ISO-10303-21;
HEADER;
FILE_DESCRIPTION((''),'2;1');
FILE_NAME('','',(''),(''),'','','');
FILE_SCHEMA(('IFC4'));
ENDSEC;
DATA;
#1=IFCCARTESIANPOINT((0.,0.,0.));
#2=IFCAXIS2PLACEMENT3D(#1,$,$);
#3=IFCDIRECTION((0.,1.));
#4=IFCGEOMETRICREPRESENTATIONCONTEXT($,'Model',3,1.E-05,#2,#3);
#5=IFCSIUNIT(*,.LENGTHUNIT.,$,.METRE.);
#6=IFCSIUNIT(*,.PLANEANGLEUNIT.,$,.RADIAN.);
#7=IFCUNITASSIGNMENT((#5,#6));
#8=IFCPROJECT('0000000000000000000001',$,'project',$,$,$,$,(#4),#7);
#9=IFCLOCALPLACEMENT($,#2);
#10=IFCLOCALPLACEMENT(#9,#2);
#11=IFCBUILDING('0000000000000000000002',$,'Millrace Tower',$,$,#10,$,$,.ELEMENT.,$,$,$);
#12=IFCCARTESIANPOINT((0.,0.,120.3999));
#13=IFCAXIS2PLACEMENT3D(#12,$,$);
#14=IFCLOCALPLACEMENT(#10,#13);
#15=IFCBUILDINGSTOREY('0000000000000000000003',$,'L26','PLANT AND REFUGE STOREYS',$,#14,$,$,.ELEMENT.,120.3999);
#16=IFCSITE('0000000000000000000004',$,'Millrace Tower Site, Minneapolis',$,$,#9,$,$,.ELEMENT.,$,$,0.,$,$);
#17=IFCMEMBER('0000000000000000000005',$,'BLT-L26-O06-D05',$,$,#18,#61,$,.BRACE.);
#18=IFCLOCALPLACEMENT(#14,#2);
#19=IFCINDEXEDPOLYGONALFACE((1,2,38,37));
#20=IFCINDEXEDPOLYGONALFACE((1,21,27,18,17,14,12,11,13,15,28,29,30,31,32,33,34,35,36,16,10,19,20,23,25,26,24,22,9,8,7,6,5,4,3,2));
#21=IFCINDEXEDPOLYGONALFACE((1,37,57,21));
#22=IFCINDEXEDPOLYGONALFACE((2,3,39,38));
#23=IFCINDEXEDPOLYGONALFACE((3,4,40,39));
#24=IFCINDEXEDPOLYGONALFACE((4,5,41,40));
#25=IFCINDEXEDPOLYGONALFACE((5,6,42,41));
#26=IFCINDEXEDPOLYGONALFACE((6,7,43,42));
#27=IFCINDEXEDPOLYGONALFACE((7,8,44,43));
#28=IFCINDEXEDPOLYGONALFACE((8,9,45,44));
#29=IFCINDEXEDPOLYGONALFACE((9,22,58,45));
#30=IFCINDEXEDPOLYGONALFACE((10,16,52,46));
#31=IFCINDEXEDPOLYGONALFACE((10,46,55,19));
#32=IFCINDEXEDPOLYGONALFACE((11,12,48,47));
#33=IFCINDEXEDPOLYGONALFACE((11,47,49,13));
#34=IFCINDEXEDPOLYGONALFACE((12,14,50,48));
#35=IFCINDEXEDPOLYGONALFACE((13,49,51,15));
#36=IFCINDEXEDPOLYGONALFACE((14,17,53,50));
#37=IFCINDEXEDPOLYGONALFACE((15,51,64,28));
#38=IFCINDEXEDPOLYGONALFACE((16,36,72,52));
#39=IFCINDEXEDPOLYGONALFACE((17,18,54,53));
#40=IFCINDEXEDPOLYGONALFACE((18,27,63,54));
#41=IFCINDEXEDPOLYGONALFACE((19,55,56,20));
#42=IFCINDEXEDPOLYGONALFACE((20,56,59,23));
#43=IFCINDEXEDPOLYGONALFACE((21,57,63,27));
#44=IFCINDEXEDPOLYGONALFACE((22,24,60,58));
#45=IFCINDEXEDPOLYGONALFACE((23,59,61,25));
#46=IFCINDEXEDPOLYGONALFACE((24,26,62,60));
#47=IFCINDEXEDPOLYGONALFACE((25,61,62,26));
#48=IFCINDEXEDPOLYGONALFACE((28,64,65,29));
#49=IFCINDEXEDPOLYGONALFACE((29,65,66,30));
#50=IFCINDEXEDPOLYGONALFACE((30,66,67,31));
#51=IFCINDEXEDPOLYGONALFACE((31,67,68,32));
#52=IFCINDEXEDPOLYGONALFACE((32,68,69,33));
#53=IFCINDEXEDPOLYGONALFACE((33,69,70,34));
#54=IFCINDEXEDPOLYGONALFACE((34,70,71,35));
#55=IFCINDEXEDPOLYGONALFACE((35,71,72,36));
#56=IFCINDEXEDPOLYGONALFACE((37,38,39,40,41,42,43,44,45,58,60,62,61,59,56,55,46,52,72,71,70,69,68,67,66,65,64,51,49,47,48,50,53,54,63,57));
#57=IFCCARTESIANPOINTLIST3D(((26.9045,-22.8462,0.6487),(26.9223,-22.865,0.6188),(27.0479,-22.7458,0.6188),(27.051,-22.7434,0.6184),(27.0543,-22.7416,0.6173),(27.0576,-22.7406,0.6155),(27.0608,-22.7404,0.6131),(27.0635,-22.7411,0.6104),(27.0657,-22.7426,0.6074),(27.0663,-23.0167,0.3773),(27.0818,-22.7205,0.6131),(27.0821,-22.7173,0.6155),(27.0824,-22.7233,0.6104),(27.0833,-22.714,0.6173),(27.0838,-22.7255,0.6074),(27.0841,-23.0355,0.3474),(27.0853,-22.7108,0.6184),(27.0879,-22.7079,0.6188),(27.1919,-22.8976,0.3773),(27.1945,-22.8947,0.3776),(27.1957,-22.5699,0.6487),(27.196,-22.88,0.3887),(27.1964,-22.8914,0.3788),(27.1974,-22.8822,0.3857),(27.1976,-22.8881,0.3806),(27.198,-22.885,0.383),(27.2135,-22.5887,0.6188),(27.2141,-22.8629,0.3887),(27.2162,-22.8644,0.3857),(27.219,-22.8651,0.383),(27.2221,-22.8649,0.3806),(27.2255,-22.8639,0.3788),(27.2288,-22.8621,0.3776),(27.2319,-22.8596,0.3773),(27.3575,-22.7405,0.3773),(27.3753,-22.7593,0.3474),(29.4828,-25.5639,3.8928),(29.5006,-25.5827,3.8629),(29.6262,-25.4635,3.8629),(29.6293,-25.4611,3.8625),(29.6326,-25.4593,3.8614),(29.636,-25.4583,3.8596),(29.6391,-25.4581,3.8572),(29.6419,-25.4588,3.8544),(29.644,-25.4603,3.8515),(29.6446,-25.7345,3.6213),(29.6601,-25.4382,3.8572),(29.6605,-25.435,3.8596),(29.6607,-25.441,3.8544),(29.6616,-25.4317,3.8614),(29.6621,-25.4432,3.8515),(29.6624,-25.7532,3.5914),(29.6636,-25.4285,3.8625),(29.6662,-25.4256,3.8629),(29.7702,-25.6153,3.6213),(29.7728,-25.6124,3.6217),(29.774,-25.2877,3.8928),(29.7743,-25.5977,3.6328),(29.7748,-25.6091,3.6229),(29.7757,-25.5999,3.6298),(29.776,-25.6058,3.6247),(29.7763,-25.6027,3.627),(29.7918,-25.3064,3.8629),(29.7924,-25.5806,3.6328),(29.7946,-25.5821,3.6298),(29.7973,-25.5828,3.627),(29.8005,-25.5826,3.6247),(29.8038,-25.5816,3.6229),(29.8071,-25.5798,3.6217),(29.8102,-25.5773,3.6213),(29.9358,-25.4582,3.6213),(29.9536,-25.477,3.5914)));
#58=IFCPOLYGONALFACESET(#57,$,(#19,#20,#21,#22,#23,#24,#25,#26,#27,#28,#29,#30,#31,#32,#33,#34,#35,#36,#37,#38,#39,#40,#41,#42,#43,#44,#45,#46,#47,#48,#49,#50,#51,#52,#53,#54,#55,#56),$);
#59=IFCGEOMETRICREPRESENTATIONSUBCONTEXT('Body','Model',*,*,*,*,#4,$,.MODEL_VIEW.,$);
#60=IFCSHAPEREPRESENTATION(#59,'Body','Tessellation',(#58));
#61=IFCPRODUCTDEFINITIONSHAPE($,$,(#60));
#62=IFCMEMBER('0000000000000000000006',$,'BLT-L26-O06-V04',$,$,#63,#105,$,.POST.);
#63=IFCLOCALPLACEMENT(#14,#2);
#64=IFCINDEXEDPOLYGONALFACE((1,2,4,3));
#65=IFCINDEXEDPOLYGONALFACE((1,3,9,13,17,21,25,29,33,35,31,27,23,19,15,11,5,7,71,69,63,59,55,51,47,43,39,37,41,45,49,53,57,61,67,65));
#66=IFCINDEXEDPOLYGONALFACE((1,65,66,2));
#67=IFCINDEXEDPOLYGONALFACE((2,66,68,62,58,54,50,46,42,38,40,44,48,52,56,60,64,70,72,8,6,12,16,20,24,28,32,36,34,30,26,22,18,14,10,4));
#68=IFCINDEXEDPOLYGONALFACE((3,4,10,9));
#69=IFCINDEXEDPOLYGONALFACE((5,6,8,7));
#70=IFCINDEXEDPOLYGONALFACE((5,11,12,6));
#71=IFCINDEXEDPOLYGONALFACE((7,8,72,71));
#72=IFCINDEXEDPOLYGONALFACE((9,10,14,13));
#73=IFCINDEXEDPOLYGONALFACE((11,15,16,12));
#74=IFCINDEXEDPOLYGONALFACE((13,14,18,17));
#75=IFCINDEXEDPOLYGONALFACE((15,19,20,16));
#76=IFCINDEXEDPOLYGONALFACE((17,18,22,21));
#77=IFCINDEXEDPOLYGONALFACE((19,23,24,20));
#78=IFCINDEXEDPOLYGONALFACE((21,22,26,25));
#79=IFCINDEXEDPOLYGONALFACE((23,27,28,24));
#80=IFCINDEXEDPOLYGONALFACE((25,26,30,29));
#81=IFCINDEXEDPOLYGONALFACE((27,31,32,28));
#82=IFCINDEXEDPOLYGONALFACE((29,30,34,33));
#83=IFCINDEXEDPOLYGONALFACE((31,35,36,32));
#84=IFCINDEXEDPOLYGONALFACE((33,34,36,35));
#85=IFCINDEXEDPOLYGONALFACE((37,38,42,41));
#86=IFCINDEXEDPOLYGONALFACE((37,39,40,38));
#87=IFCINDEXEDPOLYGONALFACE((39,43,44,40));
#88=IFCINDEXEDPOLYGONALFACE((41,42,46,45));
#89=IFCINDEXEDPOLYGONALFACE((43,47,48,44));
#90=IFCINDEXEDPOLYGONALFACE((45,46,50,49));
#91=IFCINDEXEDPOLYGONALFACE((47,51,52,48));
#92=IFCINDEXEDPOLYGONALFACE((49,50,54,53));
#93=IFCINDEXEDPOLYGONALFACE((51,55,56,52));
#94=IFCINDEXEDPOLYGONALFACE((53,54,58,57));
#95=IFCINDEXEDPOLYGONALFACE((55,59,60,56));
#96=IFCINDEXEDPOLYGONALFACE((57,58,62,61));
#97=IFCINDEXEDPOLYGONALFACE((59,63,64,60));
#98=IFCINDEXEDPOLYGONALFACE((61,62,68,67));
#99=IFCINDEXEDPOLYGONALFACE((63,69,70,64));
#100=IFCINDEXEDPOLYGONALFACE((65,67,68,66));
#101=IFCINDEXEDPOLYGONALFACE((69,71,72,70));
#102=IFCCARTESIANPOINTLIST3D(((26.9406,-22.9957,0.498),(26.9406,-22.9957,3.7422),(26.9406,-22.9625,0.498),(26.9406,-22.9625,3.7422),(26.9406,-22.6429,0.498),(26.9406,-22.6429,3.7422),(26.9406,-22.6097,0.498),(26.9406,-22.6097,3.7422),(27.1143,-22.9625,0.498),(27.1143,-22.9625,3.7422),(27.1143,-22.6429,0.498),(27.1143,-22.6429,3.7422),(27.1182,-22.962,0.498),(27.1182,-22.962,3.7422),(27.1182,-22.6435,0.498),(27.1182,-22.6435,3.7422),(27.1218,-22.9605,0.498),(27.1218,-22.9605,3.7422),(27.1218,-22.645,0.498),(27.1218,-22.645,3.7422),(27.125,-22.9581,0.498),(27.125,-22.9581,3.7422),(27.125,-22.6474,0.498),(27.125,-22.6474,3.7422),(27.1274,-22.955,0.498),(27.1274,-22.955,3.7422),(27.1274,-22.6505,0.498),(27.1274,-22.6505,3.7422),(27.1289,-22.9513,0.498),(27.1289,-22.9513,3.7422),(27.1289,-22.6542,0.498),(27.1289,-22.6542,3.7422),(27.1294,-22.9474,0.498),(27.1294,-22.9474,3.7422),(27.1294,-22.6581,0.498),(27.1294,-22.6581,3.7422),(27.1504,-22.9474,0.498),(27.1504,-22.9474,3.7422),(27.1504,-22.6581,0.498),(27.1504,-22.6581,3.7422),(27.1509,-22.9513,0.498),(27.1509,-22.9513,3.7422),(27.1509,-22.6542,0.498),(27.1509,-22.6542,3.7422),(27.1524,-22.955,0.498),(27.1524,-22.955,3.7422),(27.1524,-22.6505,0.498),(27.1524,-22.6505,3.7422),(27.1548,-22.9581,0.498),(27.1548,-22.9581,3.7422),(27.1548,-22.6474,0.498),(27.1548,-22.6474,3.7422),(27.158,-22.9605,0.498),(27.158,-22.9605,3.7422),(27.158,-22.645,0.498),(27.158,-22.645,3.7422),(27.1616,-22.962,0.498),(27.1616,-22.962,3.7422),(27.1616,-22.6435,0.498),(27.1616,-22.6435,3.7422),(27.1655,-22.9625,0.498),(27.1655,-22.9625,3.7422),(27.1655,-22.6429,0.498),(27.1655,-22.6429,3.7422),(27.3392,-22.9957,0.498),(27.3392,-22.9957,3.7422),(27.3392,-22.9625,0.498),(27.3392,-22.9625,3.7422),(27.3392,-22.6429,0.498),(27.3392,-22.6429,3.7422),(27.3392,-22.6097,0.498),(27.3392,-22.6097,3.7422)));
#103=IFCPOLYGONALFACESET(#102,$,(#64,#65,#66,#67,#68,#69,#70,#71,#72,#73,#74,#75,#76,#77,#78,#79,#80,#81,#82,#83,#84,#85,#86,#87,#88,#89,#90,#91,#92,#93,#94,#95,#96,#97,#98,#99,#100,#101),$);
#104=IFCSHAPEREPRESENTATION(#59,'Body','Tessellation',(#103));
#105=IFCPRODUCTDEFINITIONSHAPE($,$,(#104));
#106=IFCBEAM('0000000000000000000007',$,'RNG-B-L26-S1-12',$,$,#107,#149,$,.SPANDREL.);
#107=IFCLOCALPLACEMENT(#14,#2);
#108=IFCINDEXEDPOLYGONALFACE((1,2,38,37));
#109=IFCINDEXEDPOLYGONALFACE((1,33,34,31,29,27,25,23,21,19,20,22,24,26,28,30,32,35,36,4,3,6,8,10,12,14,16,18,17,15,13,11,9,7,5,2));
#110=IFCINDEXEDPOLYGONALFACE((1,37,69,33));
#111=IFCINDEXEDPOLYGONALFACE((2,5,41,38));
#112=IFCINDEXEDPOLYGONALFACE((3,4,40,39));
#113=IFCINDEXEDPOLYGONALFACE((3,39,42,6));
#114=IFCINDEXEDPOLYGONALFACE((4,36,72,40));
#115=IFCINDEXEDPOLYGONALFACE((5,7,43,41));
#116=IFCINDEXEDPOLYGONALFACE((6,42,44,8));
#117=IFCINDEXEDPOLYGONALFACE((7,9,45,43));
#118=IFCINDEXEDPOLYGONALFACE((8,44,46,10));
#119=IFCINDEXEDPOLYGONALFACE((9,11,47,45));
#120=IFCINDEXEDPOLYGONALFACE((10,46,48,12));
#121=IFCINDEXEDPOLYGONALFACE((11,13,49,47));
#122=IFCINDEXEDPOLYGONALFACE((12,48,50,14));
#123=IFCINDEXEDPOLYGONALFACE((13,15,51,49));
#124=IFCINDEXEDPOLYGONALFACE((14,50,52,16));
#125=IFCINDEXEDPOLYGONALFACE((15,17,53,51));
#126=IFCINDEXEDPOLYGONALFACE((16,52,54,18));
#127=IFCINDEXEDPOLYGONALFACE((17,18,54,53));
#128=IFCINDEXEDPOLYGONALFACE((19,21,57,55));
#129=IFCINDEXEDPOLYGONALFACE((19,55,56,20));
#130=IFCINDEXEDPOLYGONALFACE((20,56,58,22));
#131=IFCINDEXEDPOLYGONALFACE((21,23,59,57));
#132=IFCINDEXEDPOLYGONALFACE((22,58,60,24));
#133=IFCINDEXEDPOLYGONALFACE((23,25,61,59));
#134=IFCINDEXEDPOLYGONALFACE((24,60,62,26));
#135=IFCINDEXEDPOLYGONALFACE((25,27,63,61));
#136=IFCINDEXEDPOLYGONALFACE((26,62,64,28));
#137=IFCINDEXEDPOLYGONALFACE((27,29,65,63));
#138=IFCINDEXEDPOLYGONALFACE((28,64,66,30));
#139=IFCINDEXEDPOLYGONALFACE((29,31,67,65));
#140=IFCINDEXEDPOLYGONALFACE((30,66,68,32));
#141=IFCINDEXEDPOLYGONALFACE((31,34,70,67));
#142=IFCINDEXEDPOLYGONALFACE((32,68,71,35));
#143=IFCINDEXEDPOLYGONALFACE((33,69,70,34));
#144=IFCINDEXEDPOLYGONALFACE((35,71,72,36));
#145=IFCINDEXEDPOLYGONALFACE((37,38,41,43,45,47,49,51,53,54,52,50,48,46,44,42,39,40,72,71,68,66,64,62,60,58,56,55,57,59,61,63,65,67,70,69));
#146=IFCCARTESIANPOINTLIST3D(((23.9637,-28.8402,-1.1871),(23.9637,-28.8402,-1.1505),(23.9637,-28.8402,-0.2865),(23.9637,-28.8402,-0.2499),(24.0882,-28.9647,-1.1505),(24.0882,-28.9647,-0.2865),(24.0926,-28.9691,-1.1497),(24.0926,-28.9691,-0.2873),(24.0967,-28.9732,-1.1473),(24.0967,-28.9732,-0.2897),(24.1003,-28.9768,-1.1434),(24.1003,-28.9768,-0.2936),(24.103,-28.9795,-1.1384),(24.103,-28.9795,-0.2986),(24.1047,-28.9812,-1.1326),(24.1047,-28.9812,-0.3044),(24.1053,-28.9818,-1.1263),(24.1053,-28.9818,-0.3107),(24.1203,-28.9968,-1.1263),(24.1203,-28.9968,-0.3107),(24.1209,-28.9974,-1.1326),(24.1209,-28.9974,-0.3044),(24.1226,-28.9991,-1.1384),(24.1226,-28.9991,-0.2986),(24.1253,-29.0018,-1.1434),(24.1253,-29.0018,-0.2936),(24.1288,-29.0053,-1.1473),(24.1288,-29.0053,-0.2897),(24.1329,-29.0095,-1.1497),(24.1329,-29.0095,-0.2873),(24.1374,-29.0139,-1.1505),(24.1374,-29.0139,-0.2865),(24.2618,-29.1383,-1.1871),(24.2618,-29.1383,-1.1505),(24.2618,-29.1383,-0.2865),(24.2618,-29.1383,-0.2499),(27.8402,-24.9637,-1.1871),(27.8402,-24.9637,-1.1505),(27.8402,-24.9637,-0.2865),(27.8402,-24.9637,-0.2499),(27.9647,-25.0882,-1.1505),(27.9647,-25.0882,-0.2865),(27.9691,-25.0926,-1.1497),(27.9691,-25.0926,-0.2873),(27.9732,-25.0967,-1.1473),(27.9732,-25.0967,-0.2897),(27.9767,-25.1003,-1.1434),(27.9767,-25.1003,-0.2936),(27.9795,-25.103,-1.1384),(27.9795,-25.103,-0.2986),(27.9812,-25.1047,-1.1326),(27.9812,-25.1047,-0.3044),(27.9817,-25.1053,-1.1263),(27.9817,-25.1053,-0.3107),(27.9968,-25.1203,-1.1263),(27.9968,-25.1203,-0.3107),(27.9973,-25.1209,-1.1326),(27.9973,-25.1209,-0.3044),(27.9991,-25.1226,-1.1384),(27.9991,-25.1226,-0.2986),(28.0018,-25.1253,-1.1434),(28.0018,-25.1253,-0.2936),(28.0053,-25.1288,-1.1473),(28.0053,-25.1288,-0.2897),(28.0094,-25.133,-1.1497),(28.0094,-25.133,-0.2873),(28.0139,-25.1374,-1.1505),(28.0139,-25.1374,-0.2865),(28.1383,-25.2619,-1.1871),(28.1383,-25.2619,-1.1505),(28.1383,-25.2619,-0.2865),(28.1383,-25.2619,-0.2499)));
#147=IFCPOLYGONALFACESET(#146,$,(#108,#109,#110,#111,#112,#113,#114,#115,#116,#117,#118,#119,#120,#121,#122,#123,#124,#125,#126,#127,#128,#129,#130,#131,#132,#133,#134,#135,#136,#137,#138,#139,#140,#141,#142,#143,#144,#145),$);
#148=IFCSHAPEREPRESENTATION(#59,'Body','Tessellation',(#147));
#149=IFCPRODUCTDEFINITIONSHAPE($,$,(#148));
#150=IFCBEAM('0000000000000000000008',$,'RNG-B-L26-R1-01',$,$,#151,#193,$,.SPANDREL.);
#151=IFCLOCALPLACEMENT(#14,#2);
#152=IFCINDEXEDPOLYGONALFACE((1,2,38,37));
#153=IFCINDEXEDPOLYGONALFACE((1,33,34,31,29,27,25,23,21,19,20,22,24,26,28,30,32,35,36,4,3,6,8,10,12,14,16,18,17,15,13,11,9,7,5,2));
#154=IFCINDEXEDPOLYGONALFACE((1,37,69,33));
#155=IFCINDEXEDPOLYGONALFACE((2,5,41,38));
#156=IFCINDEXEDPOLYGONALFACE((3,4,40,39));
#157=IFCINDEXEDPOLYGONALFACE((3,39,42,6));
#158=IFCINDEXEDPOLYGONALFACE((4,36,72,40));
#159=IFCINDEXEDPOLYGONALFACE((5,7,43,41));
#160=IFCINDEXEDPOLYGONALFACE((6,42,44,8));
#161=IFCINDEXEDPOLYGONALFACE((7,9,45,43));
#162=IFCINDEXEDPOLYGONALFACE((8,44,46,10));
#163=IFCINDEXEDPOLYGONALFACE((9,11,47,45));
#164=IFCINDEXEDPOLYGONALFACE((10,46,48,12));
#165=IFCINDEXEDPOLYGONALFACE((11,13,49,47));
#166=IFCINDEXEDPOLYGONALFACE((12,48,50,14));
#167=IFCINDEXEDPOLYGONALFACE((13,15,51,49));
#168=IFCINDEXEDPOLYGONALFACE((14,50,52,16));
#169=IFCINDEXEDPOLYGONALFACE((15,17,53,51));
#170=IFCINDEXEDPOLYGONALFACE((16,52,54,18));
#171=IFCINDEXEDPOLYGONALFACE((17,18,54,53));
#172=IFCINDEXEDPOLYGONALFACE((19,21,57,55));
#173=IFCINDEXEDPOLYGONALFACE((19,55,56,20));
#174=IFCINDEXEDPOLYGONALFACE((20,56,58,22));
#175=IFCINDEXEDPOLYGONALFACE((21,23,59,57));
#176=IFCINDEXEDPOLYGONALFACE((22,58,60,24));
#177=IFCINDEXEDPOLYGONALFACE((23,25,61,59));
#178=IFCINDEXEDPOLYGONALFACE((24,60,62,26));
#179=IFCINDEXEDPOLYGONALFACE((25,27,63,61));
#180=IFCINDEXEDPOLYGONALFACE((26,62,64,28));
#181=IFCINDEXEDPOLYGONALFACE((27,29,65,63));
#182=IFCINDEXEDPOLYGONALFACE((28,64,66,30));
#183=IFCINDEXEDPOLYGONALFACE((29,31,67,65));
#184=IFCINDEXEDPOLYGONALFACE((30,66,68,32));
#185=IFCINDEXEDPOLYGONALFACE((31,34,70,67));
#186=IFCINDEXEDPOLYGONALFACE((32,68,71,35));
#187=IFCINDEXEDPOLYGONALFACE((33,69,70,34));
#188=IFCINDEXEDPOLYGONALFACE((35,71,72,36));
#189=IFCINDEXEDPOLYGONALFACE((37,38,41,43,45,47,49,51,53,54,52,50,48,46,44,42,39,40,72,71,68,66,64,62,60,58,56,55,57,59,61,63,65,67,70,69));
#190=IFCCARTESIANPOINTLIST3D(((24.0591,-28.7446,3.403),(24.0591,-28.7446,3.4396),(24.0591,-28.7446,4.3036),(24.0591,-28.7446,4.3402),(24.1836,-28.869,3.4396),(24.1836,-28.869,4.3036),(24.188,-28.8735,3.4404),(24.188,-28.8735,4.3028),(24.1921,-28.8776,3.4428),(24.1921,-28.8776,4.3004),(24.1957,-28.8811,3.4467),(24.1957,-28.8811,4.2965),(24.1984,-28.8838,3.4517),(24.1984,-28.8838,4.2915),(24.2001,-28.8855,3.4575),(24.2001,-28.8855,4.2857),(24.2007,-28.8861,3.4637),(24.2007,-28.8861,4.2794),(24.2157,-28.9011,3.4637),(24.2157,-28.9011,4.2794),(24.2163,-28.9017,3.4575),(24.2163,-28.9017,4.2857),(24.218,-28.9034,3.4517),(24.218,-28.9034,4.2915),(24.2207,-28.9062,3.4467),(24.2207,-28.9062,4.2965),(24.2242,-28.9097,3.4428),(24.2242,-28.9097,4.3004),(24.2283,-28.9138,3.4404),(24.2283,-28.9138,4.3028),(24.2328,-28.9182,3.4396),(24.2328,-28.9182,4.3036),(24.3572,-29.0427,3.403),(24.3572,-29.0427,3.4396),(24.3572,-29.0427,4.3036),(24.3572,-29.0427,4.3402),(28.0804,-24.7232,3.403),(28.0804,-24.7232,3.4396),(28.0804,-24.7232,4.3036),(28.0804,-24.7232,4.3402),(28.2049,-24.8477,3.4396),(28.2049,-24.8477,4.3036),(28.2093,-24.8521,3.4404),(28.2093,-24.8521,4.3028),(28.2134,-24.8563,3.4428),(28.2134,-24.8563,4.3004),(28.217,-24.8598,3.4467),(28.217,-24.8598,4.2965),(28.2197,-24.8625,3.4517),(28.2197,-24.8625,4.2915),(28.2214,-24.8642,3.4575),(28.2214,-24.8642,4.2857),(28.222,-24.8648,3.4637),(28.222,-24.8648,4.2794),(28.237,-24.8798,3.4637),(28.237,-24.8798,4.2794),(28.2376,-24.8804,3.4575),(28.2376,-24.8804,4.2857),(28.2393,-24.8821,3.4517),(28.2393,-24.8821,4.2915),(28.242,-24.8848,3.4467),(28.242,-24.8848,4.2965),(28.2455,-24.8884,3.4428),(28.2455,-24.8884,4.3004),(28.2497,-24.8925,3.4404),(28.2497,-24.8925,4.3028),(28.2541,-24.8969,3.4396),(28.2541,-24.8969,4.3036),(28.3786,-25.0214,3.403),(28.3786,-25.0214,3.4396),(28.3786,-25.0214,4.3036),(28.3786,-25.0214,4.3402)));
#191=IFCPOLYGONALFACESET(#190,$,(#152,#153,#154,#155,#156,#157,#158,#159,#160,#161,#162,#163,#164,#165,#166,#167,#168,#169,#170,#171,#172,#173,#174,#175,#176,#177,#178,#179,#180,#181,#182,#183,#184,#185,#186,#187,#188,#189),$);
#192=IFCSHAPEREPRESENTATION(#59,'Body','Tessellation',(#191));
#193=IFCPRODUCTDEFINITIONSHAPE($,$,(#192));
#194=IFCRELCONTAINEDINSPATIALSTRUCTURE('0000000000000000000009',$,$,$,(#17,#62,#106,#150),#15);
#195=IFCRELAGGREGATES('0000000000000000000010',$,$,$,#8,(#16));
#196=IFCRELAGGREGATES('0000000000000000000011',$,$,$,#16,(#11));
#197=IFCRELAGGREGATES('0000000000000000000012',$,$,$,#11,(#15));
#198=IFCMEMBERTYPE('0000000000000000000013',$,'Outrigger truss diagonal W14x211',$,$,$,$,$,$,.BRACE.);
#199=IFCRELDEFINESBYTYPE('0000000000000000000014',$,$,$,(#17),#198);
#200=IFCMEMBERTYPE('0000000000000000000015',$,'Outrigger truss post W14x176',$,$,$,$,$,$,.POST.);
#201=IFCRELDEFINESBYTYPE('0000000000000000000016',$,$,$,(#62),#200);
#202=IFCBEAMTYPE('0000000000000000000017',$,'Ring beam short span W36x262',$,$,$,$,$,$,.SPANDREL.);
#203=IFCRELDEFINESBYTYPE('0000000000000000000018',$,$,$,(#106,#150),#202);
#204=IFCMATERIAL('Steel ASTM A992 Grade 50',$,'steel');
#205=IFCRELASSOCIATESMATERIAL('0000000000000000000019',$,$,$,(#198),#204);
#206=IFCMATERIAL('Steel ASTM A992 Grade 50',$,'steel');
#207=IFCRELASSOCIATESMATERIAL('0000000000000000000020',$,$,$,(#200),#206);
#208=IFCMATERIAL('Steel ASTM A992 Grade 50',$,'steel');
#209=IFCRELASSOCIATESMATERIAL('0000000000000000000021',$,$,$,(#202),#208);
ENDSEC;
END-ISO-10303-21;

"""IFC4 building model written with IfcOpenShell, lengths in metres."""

from ifc_helpers import new_model, si_unit, direction, frame, origin, origin_2d, place, context, subcontext, project, spatial, i_section, extrude, material, material_profile, profile_set, type_object, element, save


model = new_model("IFC4")

# Units and contexts
model_context = context("Model", 3, precision=1e-05, world=origin(), true_north=direction((0.0, 1.0)))
body_context = subcontext(model_context, "Body", "Model", "MODEL_VIEW")
ifc_project = project(units=[si_unit("LENGTHUNIT", "METRE"), si_unit("PLANEANGLEUNIT", "RADIAN")], contexts=[model_context])

# Site, building, storey
site_placement = place(None, origin())
site = spatial("IfcSite", under=ifc_project, at=site_placement, Name="Millrace Tower Site, Minneapolis", CompositionType="ELEMENT", RefElevation=0.0)
building_placement = place(site_placement, origin())
building = spatial("IfcBuilding", under=site, at=building_placement, Name="Millrace Tower", CompositionType="ELEMENT")
storey_placement = place(building_placement, frame((0.0, 0.0, 120.3999)))
storey = spatial("IfcBuildingStorey", under=building, at=storey_placement, Name="L26", Description="PLANT AND REFUGE STOREYS", CompositionType="ELEMENT", Elevation=120.3999)

# Members
ifc_material_1 = material(Name="Steel ASTM A992 Grade 50", Category="steel")
ifc_material_profile_1 = material_profile(ifc_material_1, i_section(OverallWidth=0.4014, OverallDepth=0.3987, WebThickness=0.0249, FlangeThickness=0.0396, FilletRadius=0.0151, at=origin_2d()))
ifc_profile_set_1 = profile_set([ifc_material_profile_1], Name="Steel ASTM A992 Grade 50")
member_type_1 = type_object("IfcMemberType", Name="Outrigger truss diagonal W14x211", PredefinedType="BRACE", material=ifc_profile_set_1)
member_1_placement = place(storey_placement, frame((27.1399, -22.8027, 0.498), z_axis=(0.520286, -0.548416, 0.654631), x_axis=(0.725468, 0.688256, 0.0)))
element("IfcMember", 1, at=member_1_placement, inside=storey, type_object=member_type_1, Name="BLT-L26-O06-D05", PredefinedType="BRACE", context=body_context, shape_type="SweptSolid", body=[
    extrude(i_section(OverallWidth=0.4014, OverallDepth=0.3987, WebThickness=0.0249, FlangeThickness=0.0396, FilletRadius=0.0151, at=origin_2d()), origin(), (0.0, 0.0, 1.0), 4.9556),
])
ifc_material_2 = material(Name="Steel ASTM A992 Grade 50", Category="steel")
ifc_material_profile_2 = material_profile(ifc_material_2, i_section(OverallWidth=0.3987, OverallDepth=0.386, WebThickness=0.021, FlangeThickness=0.0332, FilletRadius=0.0151, at=origin_2d()))
ifc_profile_set_2 = profile_set([ifc_material_profile_2], Name="Steel ASTM A992 Grade 50")
member_type_2 = type_object("IfcMemberType", Name="Outrigger truss post W14x176", PredefinedType="POST", material=ifc_profile_set_2)
member_2_placement = place(storey_placement, frame((27.1399, -22.8027, 0.498), z_axis=(0.0, 0.0, 1.0), x_axis=(1.0, 0.0, 0.0)))
element("IfcMember", 2, at=member_2_placement, inside=storey, type_object=member_type_2, Name="BLT-L26-O06-V04", PredefinedType="POST", context=body_context, shape_type="SweptSolid", body=[
    extrude(i_section(OverallWidth=0.3987, OverallDepth=0.386, WebThickness=0.021, FlangeThickness=0.0332, FilletRadius=0.0151, at=origin_2d()), origin(), (0.0, 0.0, 1.0), 3.2441),
])

# Beams
ifc_material_3 = material(Name="Steel ASTM A992 Grade 50", Category="steel")
ifc_material_profile_3 = material_profile(ifc_material_3, i_section(OverallWidth=0.4216, OverallDepth=0.9373, WebThickness=0.0212, FlangeThickness=0.0366, FilletRadius=0.0242, at=origin_2d()))
ifc_profile_set_3 = profile_set([ifc_material_profile_3], Name="Steel ASTM A992 Grade 50")
beam_type_1 = type_object("IfcBeamType", Name="Ring beam short span W36x262", PredefinedType="SPANDREL", material=ifc_profile_set_3)
beam_1_placement = place(storey_placement, frame((27.9893, -25.1128, -0.7185), z_axis=(-0.707107, -0.707107, 0.0), x_axis=(0.707107, -0.707107, 0.0)))
element("IfcBeam", 3, at=beam_1_placement, inside=storey, type_object=beam_type_1, Name="RNG-B-L26-S1-12", PredefinedType="SPANDREL", context=body_context, shape_type="SweptSolid", body=[
    extrude(i_section(OverallWidth=0.4216, OverallDepth=0.9373, WebThickness=0.0212, FlangeThickness=0.0366, FilletRadius=0.0242, at=origin_2d()), origin(), (0.0, 0.0, 1.0), 5.4822),
])
beam_2_placement = place(storey_placement, frame((28.2295, -24.8723, 3.8716), z_axis=(-0.707107, -0.707107, 0.0), x_axis=(0.707107, -0.707107, 0.0)))
element("IfcBeam", 4, at=beam_2_placement, inside=storey, type_object=beam_type_1, Name="RNG-B-L26-R1-01", PredefinedType="SPANDREL", context=body_context, shape_type="SweptSolid", body=[
    extrude(i_section(OverallWidth=0.4216, OverallDepth=0.9373, WebThickness=0.0212, FlangeThickness=0.0366, FilletRadius=0.0242, at=origin_2d()), origin(), (0.0, 0.0, 1.0), 5.687),
])

save(model, "model.ifc")
